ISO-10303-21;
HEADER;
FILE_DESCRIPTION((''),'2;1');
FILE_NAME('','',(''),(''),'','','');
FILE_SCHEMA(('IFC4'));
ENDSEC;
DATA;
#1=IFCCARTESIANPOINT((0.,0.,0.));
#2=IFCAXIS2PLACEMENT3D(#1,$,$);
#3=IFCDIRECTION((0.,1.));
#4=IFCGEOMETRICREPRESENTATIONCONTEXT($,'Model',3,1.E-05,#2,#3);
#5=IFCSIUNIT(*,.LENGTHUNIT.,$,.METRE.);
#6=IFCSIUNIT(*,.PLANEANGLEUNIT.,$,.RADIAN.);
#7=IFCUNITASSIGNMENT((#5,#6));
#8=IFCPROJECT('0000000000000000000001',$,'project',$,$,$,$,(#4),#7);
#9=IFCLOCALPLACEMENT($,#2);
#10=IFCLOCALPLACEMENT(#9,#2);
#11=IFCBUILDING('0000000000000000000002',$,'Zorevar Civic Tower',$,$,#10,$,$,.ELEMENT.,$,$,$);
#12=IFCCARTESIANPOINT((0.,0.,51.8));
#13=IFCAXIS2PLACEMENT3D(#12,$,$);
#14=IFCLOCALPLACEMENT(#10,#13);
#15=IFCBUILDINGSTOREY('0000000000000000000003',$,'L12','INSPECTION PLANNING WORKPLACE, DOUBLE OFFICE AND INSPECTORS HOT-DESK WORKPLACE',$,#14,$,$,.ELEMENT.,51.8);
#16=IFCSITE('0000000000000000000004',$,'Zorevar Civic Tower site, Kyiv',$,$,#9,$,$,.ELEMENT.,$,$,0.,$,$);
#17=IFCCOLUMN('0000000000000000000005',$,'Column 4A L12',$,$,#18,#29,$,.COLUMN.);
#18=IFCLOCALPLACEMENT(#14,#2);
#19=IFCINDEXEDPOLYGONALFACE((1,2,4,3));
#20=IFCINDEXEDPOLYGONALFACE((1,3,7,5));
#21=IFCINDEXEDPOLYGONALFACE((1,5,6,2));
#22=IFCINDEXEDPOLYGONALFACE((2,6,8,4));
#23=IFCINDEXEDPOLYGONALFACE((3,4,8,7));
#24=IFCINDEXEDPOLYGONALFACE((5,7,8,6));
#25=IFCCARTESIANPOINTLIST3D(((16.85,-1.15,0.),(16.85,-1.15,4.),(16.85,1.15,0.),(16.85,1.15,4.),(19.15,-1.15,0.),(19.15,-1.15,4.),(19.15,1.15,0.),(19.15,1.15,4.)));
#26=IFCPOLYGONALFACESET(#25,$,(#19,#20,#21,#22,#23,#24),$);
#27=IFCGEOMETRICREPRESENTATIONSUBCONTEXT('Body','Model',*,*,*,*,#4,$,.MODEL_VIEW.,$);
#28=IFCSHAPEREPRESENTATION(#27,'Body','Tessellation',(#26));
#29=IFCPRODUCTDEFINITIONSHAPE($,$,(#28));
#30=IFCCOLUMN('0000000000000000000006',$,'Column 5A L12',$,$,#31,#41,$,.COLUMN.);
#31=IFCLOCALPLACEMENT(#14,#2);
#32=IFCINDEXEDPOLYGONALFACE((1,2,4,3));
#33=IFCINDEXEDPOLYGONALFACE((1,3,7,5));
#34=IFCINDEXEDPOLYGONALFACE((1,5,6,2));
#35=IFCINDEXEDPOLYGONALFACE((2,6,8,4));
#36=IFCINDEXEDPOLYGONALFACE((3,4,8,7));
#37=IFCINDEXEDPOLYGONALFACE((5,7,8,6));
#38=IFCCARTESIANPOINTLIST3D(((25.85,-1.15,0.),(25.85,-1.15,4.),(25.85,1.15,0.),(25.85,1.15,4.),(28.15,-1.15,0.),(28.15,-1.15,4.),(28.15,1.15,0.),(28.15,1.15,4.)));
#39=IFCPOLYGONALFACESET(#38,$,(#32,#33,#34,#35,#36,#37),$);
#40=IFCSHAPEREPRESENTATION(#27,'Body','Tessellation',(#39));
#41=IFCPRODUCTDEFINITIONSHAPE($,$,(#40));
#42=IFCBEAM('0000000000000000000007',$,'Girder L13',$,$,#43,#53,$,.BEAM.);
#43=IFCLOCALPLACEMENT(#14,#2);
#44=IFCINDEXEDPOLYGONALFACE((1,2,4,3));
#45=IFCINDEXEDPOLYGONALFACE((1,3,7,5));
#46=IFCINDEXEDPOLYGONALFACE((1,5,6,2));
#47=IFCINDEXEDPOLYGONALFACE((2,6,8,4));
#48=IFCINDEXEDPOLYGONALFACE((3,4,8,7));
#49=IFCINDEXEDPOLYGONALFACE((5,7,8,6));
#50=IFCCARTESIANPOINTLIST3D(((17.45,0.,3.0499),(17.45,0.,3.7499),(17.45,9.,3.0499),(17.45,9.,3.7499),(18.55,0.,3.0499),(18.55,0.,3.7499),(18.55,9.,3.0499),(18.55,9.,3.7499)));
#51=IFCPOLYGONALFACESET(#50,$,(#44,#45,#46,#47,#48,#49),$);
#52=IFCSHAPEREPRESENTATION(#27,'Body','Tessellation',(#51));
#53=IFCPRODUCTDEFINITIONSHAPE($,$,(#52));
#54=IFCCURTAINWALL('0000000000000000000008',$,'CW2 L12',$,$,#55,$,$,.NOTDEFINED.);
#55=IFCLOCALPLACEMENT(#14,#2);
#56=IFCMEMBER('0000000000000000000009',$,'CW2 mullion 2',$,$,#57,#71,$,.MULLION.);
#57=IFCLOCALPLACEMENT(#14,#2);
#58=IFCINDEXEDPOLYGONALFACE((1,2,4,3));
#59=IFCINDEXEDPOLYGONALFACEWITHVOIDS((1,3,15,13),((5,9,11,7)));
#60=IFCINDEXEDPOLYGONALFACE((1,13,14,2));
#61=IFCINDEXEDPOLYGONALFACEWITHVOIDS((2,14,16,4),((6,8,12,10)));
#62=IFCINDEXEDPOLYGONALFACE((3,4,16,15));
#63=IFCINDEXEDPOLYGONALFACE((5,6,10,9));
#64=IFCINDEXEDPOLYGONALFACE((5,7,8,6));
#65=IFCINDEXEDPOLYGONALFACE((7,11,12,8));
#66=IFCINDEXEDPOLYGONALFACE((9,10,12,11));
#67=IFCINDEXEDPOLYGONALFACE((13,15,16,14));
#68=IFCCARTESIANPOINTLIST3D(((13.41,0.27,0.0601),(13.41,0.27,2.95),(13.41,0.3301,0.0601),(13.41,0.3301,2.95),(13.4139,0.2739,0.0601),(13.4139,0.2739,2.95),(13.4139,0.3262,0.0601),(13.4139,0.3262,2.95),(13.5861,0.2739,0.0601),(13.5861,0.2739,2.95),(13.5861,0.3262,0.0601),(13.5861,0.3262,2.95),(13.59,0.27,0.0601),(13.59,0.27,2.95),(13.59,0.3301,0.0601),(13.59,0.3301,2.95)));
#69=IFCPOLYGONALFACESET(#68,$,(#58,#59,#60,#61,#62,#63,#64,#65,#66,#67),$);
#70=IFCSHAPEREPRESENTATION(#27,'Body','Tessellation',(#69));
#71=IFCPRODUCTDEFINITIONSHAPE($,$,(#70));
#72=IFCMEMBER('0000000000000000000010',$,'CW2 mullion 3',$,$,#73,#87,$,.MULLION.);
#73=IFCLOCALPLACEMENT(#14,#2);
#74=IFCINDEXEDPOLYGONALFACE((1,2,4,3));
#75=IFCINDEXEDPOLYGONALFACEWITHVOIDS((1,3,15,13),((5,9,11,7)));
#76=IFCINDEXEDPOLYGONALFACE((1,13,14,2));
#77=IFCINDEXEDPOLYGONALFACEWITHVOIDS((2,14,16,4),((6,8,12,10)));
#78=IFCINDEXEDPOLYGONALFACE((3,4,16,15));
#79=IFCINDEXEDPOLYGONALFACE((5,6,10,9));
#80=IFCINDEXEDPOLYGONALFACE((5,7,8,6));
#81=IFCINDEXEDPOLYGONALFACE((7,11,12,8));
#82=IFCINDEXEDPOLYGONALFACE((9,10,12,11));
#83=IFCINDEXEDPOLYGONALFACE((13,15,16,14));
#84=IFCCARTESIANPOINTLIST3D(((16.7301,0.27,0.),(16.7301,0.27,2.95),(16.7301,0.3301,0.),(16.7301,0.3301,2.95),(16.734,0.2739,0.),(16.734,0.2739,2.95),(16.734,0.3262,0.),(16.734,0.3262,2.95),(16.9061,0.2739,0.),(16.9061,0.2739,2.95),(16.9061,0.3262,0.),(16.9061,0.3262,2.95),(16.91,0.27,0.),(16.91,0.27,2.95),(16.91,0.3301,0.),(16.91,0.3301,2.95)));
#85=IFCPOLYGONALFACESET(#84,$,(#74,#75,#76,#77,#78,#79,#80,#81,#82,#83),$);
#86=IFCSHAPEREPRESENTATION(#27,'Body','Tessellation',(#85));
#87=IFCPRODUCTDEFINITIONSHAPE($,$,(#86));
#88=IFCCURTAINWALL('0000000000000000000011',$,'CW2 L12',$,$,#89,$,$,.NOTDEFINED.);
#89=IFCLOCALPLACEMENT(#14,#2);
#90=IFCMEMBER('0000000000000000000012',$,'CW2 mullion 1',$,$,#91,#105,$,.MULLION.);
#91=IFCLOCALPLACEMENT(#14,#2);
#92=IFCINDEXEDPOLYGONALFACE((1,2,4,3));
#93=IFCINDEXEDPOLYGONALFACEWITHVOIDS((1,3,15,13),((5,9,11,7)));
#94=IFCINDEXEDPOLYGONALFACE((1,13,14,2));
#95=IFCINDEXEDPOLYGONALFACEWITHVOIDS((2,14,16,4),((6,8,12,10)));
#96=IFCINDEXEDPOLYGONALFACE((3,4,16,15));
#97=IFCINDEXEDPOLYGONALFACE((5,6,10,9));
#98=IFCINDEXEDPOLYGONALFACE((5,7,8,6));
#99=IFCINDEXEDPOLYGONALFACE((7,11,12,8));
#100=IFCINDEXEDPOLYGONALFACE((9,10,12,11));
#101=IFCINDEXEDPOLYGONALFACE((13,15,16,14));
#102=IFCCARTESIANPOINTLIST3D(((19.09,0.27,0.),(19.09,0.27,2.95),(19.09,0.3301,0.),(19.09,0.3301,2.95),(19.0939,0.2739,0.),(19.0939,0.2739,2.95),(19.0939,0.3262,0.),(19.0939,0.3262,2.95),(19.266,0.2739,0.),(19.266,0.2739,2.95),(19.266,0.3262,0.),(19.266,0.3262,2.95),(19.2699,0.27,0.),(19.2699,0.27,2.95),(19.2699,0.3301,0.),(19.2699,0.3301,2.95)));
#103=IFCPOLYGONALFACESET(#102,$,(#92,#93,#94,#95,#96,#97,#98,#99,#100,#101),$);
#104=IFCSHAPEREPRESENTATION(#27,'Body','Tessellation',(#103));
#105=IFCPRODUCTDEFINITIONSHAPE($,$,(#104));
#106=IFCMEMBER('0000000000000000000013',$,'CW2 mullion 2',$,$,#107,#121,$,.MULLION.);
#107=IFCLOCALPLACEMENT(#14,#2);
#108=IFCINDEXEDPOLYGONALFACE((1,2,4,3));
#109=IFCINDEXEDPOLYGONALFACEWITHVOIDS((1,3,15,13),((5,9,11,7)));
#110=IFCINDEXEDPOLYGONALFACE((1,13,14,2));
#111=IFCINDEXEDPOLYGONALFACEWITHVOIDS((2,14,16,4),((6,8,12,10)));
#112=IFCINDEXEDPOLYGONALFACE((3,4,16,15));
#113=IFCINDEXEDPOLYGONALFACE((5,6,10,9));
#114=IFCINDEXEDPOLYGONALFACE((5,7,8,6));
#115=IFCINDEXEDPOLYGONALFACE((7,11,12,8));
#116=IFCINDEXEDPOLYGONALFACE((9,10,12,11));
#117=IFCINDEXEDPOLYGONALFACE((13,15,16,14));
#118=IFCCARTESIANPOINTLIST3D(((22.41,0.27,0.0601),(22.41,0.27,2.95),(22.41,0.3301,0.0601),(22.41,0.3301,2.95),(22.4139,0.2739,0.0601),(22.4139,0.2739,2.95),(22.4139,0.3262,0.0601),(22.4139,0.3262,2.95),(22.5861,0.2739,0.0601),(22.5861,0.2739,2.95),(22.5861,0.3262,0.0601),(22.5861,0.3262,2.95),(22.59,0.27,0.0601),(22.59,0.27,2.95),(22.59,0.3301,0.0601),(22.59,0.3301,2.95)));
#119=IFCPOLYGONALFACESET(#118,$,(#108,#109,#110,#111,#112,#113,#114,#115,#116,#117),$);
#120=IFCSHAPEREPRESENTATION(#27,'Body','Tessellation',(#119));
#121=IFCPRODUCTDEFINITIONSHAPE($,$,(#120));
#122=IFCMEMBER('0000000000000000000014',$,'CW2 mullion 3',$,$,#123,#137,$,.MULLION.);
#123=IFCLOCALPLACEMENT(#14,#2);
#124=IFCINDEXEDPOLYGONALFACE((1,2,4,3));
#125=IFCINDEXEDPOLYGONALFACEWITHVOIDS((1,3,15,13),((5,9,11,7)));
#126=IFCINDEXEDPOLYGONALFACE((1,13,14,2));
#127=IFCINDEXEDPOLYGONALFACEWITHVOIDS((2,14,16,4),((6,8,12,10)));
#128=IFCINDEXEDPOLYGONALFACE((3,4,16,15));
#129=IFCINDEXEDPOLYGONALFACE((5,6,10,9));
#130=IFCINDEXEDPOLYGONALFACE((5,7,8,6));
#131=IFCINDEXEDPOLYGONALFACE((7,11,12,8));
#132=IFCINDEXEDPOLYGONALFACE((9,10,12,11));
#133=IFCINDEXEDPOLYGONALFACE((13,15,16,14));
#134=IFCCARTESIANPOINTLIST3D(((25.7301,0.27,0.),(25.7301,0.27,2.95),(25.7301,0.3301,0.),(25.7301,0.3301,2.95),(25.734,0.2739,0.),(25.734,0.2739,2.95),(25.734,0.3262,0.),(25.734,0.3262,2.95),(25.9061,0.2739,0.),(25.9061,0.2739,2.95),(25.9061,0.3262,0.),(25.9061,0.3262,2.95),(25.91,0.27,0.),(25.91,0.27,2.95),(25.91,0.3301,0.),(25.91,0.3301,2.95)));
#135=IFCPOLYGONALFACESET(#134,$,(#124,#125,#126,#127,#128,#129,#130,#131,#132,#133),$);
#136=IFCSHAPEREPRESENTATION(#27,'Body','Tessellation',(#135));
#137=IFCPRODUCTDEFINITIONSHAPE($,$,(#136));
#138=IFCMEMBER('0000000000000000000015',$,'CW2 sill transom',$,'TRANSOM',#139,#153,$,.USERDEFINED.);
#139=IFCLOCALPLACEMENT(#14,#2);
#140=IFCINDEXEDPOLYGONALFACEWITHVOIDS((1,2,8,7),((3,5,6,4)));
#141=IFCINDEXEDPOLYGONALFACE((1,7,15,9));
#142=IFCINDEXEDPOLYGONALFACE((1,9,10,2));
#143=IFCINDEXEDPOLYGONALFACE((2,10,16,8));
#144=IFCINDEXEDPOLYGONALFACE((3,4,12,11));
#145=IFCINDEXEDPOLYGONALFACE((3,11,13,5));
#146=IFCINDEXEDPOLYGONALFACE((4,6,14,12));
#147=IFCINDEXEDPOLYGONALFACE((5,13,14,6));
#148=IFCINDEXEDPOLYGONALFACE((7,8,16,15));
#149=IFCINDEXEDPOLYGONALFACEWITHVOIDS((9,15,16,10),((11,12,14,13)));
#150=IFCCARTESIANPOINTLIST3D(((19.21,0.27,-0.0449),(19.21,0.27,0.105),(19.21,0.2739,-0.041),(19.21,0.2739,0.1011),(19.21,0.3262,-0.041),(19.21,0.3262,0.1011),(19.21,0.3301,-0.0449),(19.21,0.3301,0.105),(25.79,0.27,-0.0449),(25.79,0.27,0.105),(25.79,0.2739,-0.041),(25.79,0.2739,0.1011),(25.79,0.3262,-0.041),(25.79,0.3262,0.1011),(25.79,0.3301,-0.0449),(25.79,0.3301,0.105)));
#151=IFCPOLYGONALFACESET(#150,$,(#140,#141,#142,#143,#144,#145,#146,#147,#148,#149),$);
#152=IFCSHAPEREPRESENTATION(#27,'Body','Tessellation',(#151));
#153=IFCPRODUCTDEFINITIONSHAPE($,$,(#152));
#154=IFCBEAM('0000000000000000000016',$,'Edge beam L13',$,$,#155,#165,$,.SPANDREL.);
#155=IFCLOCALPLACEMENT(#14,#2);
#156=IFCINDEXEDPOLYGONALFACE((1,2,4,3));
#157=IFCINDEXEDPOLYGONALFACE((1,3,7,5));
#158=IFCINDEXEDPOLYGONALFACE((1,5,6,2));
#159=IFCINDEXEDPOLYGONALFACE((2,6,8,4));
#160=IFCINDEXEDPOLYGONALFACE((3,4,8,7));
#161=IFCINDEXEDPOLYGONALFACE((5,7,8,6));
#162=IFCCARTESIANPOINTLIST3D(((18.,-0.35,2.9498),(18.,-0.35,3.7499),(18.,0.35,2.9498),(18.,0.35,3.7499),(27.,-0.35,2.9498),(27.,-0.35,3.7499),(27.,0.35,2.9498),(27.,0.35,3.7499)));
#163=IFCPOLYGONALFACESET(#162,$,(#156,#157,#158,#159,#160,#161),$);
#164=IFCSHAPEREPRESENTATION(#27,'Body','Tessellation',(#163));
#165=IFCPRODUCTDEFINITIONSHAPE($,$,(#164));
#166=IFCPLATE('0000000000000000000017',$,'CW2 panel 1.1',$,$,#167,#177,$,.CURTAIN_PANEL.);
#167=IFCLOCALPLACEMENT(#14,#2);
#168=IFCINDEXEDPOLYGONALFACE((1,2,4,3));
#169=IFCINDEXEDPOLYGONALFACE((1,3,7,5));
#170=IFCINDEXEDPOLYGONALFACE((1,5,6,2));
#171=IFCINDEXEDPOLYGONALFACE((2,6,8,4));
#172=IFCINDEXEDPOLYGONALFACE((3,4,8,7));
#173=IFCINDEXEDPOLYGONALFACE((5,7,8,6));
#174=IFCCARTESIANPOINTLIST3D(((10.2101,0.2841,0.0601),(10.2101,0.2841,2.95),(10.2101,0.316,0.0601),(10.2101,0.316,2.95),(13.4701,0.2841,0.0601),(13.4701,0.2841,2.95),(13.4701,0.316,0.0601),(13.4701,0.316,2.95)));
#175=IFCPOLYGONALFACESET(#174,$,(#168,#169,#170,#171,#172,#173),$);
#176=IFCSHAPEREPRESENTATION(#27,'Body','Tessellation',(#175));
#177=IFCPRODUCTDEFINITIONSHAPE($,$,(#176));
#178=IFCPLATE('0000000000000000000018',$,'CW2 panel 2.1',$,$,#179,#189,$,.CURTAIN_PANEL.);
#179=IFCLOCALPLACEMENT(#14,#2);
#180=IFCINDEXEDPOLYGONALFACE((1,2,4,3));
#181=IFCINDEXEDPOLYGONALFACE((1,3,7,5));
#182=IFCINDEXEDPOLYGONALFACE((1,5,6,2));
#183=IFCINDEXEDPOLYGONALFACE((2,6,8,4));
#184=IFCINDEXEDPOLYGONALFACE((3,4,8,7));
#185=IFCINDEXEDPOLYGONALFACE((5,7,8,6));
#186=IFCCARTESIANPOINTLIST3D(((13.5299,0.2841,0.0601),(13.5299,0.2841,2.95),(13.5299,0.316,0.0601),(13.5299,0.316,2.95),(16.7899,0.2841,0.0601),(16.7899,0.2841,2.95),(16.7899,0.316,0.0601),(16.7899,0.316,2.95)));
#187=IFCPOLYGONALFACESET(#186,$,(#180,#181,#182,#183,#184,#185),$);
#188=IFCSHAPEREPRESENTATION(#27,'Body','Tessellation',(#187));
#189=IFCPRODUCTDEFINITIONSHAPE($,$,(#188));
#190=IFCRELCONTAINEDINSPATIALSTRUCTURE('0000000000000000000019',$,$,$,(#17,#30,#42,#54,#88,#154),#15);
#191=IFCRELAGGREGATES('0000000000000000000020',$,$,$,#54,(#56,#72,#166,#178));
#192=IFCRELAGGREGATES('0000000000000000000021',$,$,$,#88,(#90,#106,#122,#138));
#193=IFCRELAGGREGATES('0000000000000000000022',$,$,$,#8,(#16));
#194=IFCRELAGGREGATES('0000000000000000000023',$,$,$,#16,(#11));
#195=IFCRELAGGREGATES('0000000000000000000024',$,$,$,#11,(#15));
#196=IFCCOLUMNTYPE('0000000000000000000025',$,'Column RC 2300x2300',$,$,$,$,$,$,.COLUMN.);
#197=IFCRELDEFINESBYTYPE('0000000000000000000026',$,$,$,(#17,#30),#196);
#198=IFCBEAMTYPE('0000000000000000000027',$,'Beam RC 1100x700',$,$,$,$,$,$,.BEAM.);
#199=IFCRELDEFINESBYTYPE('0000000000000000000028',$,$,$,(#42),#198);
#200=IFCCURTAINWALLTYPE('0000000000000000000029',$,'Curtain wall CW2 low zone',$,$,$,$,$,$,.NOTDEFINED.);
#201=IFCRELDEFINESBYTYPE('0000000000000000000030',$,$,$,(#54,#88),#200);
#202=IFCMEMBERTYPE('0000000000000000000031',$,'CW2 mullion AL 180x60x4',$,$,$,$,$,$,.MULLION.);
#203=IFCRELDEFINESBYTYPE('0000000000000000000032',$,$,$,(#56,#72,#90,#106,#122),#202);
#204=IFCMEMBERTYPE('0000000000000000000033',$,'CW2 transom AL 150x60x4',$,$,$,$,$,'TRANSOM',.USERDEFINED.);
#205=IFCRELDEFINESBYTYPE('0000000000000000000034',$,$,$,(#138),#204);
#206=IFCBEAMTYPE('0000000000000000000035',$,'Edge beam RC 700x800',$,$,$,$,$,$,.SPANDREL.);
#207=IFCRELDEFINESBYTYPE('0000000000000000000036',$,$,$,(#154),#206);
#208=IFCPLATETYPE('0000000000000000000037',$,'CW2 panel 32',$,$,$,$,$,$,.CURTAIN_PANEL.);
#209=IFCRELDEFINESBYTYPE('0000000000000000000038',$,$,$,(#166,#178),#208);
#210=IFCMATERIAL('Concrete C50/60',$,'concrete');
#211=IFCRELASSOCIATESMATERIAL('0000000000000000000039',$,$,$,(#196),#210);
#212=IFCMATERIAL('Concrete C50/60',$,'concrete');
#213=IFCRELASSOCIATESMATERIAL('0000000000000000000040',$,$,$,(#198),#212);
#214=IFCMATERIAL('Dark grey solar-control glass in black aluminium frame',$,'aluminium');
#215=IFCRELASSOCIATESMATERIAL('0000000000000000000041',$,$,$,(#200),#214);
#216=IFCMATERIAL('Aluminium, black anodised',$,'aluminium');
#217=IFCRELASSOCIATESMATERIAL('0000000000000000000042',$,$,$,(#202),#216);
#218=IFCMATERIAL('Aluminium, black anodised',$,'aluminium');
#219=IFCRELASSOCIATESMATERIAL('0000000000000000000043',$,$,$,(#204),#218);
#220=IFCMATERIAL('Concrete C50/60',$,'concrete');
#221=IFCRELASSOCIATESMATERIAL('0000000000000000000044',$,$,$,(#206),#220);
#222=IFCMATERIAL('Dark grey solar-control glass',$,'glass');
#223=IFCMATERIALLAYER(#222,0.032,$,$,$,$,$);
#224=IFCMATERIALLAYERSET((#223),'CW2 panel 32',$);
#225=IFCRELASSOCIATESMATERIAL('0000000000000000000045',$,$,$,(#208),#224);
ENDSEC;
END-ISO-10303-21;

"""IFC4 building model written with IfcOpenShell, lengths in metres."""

from ifc_helpers import new_model, si_unit, direction, frame, origin, origin_2d, place, context, subcontext, project, spatial, rectangle, hollow_rectangle, extrude, material, layer, layer_set, material_profile, profile_set, type_object, element, aggregate, save


model = new_model("IFC4")

# Units and contexts
model_context = context("Model", 3, precision=1e-05, world=origin(), true_north=direction((0.0, 1.0)))
body_context = subcontext(model_context, "Body", "Model", "MODEL_VIEW")
ifc_project = project(units=[si_unit("LENGTHUNIT", "METRE"), si_unit("PLANEANGLEUNIT", "RADIAN")], contexts=[model_context])

# Site, building, storey
site_placement = place(None, origin())
site = spatial("IfcSite", under=ifc_project, at=site_placement, Name="Zorevar Civic Tower site, Kyiv", CompositionType="ELEMENT", RefElevation=0.0)
building_placement = place(site_placement, origin())
building = spatial("IfcBuilding", under=site, at=building_placement, Name="Zorevar Civic Tower", CompositionType="ELEMENT")
storey_placement = place(building_placement, frame((0.0, 0.0, 51.8)))
storey = spatial("IfcBuildingStorey", under=building, at=storey_placement, Name="L12", Description="INSPECTION PLANNING WORKPLACE, DOUBLE OFFICE AND INSPECTORS HOT-DESK WORKPLACE", CompositionType="ELEMENT", Elevation=51.8)

# Columns
ifc_material_1 = material(Name="Concrete C50/60", Category="concrete")
ifc_material_profile_1 = material_profile(ifc_material_1, rectangle(XDim=2.3, YDim=2.3, at=origin_2d()), Name="RC 2300x2300")
ifc_profile_set_1 = profile_set([ifc_material_profile_1], Name="Concrete C50/60")
column_type = type_object("IfcColumnType", Name="Column RC 2300x2300", PredefinedType="COLUMN", material=ifc_profile_set_1)
for number, where, z_axis, x_axis, name in (
    (1, (18.0, 0.0, 0.0), (0.0, 0.0, 1.0), (1.0, 0.0, 0.0), "Column 4A L12"),
    (2, (27.0, 0.0, 0.0), (0.0, 0.0, 1.0), (1.0, 0.0, 0.0), "Column 5A L12"),
):
    element("IfcColumn", number, at=place(storey_placement, frame(where, z_axis=z_axis, x_axis=x_axis)), inside=storey, type_object=column_type, Name=name, PredefinedType="COLUMN", context=body_context, shape_type="SweptSolid", body=[
        extrude(rectangle(XDim=2.3, YDim=2.3, at=origin_2d()), origin(), (0.0, 0.0, 1.0), 4.0),
    ])

# Beam
ifc_material_2 = material(Name="Concrete C50/60", Category="concrete")
ifc_material_profile_2 = material_profile(ifc_material_2, rectangle(XDim=1.1001, YDim=0.7, at=origin_2d()), Name="RC 1100x700")
ifc_profile_set_2 = profile_set([ifc_material_profile_2], Name="Concrete C50/60")
beam_type_1 = type_object("IfcBeamType", Name="Beam RC 1100x700", PredefinedType="BEAM", material=ifc_profile_set_2)
beam_1_placement = place(storey_placement, frame((18.0, 0.0, 3.3999), z_axis=(0.0, 1.0, 0.0), x_axis=(-1.0, 0.0, 0.0)))
element("IfcBeam", 3, at=beam_1_placement, inside=storey, type_object=beam_type_1, Name="Girder L13", PredefinedType="BEAM", context=body_context, shape_type="SweptSolid", body=[
    extrude(rectangle(XDim=1.1001, YDim=0.7, at=origin_2d()), origin(), (0.0, 0.0, 1.0), 9.0),
])

# Curtain walls, members
ifc_material_3 = material(Name="Dark grey solar-control glass in black aluminium frame", Category="aluminium")
curtain_wall_type = type_object("IfcCurtainWallType", Name="Curtain wall CW2 low zone", PredefinedType="NOTDEFINED", material=ifc_material_3)
curtain_wall_1_placement = place(storey_placement, origin())
curtain_wall_1 = element("IfcCurtainWall", 4, at=curtain_wall_1_placement, inside=storey, type_object=curtain_wall_type, Name="CW2 L12", PredefinedType="NOTDEFINED")
ifc_material_4 = material(Name="Aluminium, black anodised", Category="aluminium")
ifc_material_profile_3 = material_profile(ifc_material_4, hollow_rectangle(XDim=0.0601, YDim=0.1799, WallThickness=0.0039, at=origin_2d()), Name="AL 180x60x4")
ifc_profile_set_3 = profile_set([ifc_material_profile_3], Name="Aluminium, black anodised")
member_type_1 = type_object("IfcMemberType", Name="CW2 mullion AL 180x60x4", PredefinedType="MULLION", material=ifc_profile_set_3)
member_1_placement = place(storey_placement, frame((13.5, 0.3, 0.0601), z_axis=(0.0, 0.0, 1.0), x_axis=(0.0, 1.0, 0.0)))
member_1 = element("IfcMember", 5, at=member_1_placement, type_object=member_type_1, Name="CW2 mullion 2", PredefinedType="MULLION", context=body_context, shape_type="SweptSolid", body=[
    extrude(hollow_rectangle(XDim=0.0601, YDim=0.1799, WallThickness=0.0039, at=origin_2d()), origin(), (0.0, 0.0, 1.0), 2.8899),
])
member_2_placement = place(storey_placement, frame((16.8201, 0.3, 0.0), z_axis=(0.0, 0.0, 1.0), x_axis=(0.0, 1.0, 0.0)))
member_2 = element("IfcMember", 6, at=member_2_placement, type_object=member_type_1, Name="CW2 mullion 3", PredefinedType="MULLION", context=body_context, shape_type="SweptSolid", body=[
    extrude(hollow_rectangle(XDim=0.0601, YDim=0.1799, WallThickness=0.0039, at=origin_2d()), origin(), (0.0, 0.0, 1.0), 2.95),
])
curtain_wall_2_placement = place(storey_placement, origin())
curtain_wall_2 = element("IfcCurtainWall", 7, at=curtain_wall_2_placement, inside=storey, type_object=curtain_wall_type, Name="CW2 L12", PredefinedType="NOTDEFINED")
member_3_placement = place(storey_placement, frame((19.1799, 0.3, 0.0), z_axis=(0.0, 0.0, 1.0), x_axis=(0.0, 1.0, 0.0)))
member_3 = element("IfcMember", 8, at=member_3_placement, type_object=member_type_1, Name="CW2 mullion 1", PredefinedType="MULLION", context=body_context, shape_type="SweptSolid", body=[
    extrude(hollow_rectangle(XDim=0.0601, YDim=0.1799, WallThickness=0.0039, at=origin_2d()), origin(), (0.0, 0.0, 1.0), 2.95),
])
member_4_placement = place(storey_placement, frame((22.5, 0.3, 0.0601), z_axis=(0.0, 0.0, 1.0), x_axis=(0.0, 1.0, 0.0)))
member_4 = element("IfcMember", 9, at=member_4_placement, type_object=member_type_1, Name="CW2 mullion 2", PredefinedType="MULLION", context=body_context, shape_type="SweptSolid", body=[
    extrude(hollow_rectangle(XDim=0.0601, YDim=0.1799, WallThickness=0.0039, at=origin_2d()), origin(), (0.0, 0.0, 1.0), 2.8899),
])
member_5_placement = place(storey_placement, frame((25.8201, 0.3, 0.0), z_axis=(0.0, 0.0, 1.0), x_axis=(0.0, 1.0, 0.0)))
member_5 = element("IfcMember", 10, at=member_5_placement, type_object=member_type_1, Name="CW2 mullion 3", PredefinedType="MULLION", context=body_context, shape_type="SweptSolid", body=[
    extrude(hollow_rectangle(XDim=0.0601, YDim=0.1799, WallThickness=0.0039, at=origin_2d()), origin(), (0.0, 0.0, 1.0), 2.95),
])
ifc_material_5 = material(Name="Aluminium, black anodised", Category="aluminium")
ifc_material_profile_4 = material_profile(ifc_material_5, hollow_rectangle(XDim=0.0601, YDim=0.1499, WallThickness=0.0039, at=origin_2d()), Name="AL 150x60x4")
ifc_profile_set_4 = profile_set([ifc_material_profile_4], Name="Aluminium, black anodised")
member_type_2 = type_object("IfcMemberType", Name="CW2 transom AL 150x60x4", ElementType="TRANSOM", PredefinedType="USERDEFINED", material=ifc_profile_set_4)
member_6_placement = place(storey_placement, frame((19.21, 0.3, 0.03), z_axis=(1.0, 0.0, 0.0), x_axis=(0.0, 1.0, 0.0)))
member_6 = element("IfcMember", 11, at=member_6_placement, type_object=member_type_2, Name="CW2 sill transom", ObjectType="TRANSOM", PredefinedType="USERDEFINED", context=body_context, shape_type="SweptSolid", body=[
    extrude(hollow_rectangle(XDim=0.0601, YDim=0.1499, WallThickness=0.0039, at=origin_2d()), origin(), (0.0, 0.0, 1.0), 6.5801),
])

# Beam
ifc_material_6 = material(Name="Concrete C50/60", Category="concrete")
ifc_material_profile_5 = material_profile(ifc_material_6, rectangle(XDim=0.7, YDim=0.8, at=origin_2d()), Name="RC 700x800")
ifc_profile_set_5 = profile_set([ifc_material_profile_5], Name="Concrete C50/60")
beam_type_2 = type_object("IfcBeamType", Name="Edge beam RC 700x800", PredefinedType="SPANDREL", material=ifc_profile_set_5)
beam_2_placement = place(storey_placement, frame((18.0, 0.0, 3.3499), z_axis=(1.0, 0.0, 0.0), x_axis=(0.0, 1.0, 0.0)))
element("IfcBeam", 12, at=beam_2_placement, inside=storey, type_object=beam_type_2, Name="Edge beam L13", PredefinedType="SPANDREL", context=body_context, shape_type="SweptSolid", body=[
    extrude(rectangle(XDim=0.7, YDim=0.8, at=origin_2d()), origin(), (0.0, 0.0, 1.0), 9.0),
])

# Plates
ifc_material_7 = material(Name="Dark grey solar-control glass", Category="glass")
ifc_layer_1 = layer(ifc_material_7, 0.032)
ifc_layer_set_1 = layer_set([ifc_layer_1], Name="CW2 panel 32")
plate_type = type_object("IfcPlateType", Name="CW2 panel 32", PredefinedType="CURTAIN_PANEL", material=ifc_layer_set_1)
plate_1_placement = place(storey_placement, frame((11.8401, 0.3, 0.0601), z_axis=(0.0, 0.0, 1.0), x_axis=(1.0, 0.0, 0.0)))
plate_1 = element("IfcPlate", 13, at=plate_1_placement, type_object=plate_type, Name="CW2 panel 1.1", PredefinedType="CURTAIN_PANEL", context=body_context, shape_type="SweptSolid", body=[
    extrude(rectangle(XDim=3.26, YDim=0.032, at=origin_2d()), origin(), (0.0, 0.0, 1.0), 2.8899),
])
plate_2_placement = place(storey_placement, frame((15.1599, 0.3, 0.0601), z_axis=(0.0, 0.0, 1.0), x_axis=(1.0, 0.0, 0.0)))
plate_2 = element("IfcPlate", 14, at=plate_2_placement, type_object=plate_type, Name="CW2 panel 2.1", PredefinedType="CURTAIN_PANEL", context=body_context, shape_type="SweptSolid", body=[
    extrude(rectangle(XDim=3.26, YDim=0.032, at=origin_2d()), origin(), (0.0, 0.0, 1.0), 2.8899),
])
aggregate(curtain_wall_1, [member_1, member_2, plate_1, plate_2])
aggregate(curtain_wall_2, [member_3, member_4, member_5, member_6])

save(model, "model.ifc")
